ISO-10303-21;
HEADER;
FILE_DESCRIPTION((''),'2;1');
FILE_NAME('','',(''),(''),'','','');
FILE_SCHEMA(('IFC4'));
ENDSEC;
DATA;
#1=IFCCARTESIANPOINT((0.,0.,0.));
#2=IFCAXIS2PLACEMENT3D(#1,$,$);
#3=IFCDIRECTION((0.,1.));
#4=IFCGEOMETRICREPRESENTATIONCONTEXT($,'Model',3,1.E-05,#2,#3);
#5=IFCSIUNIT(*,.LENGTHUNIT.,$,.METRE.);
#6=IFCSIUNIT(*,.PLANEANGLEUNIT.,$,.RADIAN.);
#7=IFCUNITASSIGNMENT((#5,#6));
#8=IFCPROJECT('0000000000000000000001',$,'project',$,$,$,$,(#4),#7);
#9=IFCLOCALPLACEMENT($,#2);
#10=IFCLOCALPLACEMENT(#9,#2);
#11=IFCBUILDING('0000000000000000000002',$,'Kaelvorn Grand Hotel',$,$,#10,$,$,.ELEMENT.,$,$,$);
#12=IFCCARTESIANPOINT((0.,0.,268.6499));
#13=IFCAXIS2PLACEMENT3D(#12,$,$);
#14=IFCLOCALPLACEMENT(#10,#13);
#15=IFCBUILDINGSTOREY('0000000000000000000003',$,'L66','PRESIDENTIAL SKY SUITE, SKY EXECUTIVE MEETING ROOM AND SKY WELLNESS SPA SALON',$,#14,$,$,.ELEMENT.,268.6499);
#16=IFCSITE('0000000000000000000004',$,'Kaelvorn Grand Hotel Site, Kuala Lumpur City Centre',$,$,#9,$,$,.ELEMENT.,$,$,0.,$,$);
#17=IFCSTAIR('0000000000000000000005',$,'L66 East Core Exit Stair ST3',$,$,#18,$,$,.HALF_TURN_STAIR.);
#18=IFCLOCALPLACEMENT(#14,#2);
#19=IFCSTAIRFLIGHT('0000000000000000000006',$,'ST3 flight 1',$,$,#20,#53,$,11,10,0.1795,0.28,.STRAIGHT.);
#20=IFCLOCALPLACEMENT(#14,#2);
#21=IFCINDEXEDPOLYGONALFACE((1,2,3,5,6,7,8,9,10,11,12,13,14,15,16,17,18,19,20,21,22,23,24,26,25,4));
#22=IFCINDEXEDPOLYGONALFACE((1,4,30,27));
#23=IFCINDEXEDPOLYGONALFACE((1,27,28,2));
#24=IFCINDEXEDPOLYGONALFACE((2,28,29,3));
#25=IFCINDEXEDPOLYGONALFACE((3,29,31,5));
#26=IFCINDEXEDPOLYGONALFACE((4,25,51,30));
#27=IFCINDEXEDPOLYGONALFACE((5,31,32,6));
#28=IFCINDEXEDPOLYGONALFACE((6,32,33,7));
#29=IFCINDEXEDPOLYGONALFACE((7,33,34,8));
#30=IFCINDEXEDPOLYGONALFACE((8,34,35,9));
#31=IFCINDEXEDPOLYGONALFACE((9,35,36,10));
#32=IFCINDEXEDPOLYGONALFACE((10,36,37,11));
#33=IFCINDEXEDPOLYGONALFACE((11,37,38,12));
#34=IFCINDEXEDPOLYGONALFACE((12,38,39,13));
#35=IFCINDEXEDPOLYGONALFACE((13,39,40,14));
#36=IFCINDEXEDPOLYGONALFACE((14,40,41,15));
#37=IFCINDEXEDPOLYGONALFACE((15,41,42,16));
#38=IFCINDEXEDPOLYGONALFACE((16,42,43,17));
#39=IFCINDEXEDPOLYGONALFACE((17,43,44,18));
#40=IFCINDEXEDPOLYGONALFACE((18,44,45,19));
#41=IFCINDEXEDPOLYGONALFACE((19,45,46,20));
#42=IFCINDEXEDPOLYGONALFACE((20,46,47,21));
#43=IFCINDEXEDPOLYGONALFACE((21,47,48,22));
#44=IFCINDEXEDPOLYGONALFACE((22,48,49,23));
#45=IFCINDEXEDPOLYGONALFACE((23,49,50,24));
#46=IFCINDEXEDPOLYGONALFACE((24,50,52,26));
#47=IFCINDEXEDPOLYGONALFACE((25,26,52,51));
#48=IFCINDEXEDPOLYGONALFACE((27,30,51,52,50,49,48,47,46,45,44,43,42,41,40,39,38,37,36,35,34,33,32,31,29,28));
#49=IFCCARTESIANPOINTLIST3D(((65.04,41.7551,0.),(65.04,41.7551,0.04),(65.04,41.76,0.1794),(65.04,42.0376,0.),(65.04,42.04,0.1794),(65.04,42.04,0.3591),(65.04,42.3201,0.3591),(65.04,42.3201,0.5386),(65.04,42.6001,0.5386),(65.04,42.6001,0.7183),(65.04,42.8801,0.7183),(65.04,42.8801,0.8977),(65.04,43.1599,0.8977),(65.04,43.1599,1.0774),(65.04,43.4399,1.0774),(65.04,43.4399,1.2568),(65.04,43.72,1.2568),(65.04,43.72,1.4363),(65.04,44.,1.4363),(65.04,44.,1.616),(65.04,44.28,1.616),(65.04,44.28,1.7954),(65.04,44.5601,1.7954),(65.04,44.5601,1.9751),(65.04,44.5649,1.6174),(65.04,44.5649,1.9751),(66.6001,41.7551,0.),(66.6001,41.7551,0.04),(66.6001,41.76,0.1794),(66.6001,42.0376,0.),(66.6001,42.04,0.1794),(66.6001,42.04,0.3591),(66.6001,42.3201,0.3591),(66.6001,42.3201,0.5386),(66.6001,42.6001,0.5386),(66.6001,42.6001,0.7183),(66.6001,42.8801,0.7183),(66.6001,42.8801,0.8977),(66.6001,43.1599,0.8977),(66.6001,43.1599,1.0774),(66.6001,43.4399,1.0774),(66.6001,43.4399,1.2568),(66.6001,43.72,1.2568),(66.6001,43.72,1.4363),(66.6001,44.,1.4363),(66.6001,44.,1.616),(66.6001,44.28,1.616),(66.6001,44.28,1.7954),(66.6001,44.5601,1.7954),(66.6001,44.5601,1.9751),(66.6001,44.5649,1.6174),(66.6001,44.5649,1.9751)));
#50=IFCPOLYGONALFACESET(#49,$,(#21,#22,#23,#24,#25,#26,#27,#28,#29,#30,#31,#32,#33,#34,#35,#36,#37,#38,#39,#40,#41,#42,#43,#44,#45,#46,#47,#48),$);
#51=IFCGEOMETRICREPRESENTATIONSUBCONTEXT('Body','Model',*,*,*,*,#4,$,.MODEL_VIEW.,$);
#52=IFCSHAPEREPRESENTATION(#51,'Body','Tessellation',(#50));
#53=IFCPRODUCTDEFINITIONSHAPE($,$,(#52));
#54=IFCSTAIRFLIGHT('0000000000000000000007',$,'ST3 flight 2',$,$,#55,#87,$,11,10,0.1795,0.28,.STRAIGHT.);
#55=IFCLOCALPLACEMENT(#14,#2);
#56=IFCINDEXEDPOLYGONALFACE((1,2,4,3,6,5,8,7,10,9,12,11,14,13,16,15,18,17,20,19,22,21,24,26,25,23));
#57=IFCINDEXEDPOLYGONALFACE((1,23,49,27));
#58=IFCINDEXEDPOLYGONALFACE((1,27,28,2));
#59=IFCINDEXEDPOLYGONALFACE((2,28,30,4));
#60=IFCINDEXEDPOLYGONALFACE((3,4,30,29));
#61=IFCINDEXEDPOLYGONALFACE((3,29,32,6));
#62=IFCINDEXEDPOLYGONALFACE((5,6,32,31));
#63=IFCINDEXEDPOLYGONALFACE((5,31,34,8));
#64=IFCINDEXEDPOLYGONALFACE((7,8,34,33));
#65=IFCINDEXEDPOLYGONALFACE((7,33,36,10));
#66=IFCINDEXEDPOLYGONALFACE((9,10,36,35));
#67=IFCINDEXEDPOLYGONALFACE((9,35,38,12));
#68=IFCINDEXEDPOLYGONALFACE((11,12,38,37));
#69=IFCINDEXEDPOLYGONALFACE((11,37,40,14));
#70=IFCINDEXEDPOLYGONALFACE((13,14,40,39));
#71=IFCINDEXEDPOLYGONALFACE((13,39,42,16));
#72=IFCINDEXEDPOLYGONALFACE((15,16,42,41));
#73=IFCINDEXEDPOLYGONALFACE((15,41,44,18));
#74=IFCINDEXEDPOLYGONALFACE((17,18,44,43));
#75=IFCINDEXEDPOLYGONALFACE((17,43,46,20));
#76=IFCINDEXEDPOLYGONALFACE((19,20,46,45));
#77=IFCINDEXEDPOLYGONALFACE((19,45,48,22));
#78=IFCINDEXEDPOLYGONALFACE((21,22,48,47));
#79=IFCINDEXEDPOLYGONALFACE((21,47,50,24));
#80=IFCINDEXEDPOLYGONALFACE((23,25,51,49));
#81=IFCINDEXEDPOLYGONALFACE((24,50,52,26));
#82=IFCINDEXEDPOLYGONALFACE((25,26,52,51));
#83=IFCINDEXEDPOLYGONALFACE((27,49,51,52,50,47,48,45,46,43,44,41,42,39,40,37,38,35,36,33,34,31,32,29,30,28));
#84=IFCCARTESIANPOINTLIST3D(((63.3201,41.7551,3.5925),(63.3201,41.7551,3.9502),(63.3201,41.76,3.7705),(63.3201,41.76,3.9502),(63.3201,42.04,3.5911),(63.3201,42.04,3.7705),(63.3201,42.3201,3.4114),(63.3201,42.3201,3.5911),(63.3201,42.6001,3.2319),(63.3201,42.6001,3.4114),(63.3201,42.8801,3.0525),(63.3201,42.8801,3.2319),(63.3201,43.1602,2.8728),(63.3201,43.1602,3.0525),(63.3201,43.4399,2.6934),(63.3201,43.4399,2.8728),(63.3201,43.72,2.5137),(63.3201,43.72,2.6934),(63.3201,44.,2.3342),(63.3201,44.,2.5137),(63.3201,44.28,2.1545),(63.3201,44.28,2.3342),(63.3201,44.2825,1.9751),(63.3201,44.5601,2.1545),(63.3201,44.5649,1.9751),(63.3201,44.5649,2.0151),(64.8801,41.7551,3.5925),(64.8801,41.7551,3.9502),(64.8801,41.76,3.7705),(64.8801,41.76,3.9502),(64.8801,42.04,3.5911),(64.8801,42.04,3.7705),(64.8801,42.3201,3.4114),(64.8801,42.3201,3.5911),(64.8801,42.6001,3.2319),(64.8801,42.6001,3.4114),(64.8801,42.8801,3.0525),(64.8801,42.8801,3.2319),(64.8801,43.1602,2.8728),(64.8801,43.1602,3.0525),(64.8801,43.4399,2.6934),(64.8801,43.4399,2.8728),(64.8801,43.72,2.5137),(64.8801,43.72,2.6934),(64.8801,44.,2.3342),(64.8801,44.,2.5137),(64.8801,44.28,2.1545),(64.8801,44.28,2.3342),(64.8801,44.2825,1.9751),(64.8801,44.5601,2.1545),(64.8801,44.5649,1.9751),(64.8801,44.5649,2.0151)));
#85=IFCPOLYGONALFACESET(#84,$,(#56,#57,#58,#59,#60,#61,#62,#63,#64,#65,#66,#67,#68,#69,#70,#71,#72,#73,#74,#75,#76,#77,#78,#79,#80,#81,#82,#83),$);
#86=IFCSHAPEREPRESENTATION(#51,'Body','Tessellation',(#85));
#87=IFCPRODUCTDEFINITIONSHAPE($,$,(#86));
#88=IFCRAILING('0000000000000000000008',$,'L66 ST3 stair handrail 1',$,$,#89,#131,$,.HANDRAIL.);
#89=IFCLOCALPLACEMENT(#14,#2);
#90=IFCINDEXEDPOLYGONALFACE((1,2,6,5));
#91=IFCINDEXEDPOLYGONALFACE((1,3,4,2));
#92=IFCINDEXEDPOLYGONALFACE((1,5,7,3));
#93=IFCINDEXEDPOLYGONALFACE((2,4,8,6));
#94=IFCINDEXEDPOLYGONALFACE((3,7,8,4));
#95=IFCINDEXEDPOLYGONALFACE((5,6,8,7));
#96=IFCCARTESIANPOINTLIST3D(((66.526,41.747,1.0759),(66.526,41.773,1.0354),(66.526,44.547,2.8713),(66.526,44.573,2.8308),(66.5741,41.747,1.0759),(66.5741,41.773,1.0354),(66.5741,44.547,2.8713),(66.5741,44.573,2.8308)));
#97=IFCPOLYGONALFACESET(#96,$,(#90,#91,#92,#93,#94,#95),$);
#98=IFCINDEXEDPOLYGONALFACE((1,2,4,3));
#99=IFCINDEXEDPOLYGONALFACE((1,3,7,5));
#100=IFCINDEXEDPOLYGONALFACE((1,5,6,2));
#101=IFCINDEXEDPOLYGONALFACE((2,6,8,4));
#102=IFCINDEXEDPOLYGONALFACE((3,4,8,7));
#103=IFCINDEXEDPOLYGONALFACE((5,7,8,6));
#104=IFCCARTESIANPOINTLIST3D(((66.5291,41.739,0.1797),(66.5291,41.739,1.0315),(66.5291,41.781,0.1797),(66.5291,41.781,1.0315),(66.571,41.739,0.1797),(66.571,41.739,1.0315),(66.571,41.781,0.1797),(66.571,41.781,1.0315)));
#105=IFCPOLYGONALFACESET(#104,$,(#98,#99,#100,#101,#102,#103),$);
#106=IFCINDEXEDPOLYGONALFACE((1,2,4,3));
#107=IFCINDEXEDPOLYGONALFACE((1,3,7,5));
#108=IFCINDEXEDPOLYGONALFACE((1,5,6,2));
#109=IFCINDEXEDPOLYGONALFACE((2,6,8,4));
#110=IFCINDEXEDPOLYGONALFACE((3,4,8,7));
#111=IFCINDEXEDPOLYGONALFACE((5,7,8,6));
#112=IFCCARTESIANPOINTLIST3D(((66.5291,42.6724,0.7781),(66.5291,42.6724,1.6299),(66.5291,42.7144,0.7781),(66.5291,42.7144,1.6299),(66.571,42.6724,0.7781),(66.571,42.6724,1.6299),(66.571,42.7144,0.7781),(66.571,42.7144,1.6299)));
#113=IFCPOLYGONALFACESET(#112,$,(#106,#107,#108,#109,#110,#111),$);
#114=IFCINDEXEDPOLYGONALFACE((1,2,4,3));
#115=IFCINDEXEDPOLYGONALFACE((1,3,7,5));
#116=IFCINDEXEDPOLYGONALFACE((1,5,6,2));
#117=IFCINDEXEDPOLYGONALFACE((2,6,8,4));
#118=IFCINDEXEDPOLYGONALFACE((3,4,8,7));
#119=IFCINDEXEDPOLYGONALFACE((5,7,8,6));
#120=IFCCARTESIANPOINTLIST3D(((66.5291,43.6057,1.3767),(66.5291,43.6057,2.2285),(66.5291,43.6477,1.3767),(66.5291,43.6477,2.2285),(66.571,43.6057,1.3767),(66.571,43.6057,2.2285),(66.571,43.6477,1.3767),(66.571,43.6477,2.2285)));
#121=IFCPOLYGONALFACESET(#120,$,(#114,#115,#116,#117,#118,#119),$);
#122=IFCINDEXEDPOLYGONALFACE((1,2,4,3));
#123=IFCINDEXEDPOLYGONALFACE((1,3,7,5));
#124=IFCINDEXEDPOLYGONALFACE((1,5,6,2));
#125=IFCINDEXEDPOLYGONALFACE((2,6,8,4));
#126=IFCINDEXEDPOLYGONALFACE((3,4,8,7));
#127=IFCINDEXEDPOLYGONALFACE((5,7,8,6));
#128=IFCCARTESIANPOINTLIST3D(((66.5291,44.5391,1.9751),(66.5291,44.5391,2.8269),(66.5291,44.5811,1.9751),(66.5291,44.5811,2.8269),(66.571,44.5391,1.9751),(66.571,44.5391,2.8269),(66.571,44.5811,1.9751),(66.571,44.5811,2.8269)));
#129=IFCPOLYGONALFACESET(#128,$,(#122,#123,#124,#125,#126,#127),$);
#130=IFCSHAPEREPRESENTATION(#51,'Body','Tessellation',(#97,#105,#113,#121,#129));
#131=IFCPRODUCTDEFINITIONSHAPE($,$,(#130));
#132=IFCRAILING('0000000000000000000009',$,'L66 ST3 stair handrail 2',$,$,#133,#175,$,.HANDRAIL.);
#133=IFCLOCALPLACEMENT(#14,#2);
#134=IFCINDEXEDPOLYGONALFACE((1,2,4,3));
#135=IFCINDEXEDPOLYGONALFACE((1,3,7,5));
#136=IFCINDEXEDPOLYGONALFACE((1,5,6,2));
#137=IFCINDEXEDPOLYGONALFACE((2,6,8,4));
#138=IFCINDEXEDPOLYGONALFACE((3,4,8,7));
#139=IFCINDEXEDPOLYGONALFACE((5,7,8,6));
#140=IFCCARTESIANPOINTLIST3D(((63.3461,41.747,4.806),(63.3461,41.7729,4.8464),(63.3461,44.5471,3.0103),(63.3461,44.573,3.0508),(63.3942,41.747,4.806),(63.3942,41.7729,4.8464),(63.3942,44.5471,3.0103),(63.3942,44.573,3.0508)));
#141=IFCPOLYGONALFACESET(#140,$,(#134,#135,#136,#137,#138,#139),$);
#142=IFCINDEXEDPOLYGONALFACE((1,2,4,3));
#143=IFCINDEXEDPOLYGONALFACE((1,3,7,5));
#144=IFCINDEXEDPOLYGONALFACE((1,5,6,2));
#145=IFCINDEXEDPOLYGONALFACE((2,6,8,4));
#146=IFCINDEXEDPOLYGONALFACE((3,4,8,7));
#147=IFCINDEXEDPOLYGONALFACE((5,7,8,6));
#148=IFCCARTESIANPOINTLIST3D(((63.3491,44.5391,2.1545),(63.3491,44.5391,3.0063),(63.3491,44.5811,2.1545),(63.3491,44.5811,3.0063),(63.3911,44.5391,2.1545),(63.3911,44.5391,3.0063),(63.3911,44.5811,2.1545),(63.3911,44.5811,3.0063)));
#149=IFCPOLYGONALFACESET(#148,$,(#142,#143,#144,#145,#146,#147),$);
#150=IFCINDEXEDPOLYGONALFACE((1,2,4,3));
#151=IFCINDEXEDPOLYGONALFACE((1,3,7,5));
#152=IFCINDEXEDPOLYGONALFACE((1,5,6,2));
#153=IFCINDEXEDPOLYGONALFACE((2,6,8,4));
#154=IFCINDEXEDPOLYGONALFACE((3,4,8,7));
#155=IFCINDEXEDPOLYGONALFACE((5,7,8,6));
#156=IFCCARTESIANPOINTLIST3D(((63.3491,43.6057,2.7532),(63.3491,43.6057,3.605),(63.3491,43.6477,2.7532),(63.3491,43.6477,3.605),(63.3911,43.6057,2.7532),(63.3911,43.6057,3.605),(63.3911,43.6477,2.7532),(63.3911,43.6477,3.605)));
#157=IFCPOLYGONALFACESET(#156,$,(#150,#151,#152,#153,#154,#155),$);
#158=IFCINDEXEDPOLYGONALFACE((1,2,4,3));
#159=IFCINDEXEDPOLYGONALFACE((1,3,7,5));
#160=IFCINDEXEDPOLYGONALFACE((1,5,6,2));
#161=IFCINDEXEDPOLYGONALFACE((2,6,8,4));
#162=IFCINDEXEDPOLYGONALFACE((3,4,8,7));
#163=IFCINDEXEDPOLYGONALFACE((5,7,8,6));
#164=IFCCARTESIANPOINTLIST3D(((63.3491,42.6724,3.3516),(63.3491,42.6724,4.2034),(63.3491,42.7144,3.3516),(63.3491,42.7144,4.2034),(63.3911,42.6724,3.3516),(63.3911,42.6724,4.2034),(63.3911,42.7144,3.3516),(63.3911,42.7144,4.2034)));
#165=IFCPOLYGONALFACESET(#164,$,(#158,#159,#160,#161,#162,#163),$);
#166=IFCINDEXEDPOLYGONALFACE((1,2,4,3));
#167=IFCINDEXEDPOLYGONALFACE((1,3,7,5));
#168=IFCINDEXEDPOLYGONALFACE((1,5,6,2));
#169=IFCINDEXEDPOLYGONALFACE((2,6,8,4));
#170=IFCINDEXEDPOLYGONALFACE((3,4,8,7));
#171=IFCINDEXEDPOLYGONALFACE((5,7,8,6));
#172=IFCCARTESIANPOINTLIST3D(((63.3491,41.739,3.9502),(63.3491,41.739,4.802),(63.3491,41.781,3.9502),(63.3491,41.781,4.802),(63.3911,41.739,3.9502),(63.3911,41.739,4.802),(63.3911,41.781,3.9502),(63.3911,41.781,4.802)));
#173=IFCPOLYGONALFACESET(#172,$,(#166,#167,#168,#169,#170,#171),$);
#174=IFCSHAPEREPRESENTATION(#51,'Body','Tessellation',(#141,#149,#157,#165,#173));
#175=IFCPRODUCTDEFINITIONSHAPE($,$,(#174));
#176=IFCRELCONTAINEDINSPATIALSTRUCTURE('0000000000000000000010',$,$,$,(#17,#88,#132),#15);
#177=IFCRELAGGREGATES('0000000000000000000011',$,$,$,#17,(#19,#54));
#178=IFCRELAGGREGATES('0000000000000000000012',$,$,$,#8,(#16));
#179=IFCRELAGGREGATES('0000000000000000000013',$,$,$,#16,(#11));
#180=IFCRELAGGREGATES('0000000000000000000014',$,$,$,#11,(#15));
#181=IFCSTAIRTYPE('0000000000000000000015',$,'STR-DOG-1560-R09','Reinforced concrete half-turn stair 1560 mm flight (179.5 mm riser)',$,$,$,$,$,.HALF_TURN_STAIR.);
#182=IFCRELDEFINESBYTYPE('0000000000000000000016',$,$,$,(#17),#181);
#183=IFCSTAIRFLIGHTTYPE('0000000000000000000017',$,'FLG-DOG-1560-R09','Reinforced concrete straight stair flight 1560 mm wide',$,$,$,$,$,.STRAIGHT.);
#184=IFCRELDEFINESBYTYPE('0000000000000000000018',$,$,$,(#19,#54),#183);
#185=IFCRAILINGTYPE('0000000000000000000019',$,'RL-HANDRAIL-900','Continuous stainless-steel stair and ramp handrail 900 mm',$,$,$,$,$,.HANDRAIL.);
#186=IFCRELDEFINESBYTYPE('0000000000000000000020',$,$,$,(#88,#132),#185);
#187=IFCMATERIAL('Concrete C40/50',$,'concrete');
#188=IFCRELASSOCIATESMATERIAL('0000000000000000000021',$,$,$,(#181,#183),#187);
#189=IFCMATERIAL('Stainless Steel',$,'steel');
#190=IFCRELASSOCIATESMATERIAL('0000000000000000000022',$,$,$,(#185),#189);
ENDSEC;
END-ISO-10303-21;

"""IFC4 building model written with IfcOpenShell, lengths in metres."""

from ifc_helpers import new_model, si_unit, direction, frame, origin, origin_2d, place, context, subcontext, project, spatial, polyline, rectangle, outline, extrude, material, type_object, element, aggregate, save


model = new_model("IFC4")

# Units and contexts
model_context = context("Model", 3, precision=1e-05, world=origin(), true_north=direction((0.0, 1.0)))
body_context = subcontext(model_context, "Body", "Model", "MODEL_VIEW")
ifc_project = project(units=[si_unit("LENGTHUNIT", "METRE"), si_unit("PLANEANGLEUNIT", "RADIAN")], contexts=[model_context])

# Site, building, storey
site_placement = place(None, origin())
site = spatial("IfcSite", under=ifc_project, at=site_placement, Name="Kaelvorn Grand Hotel Site, Kuala Lumpur City Centre", CompositionType="ELEMENT", RefElevation=0.0)
building_placement = place(site_placement, origin())
building = spatial("IfcBuilding", under=site, at=building_placement, Name="Kaelvorn Grand Hotel", CompositionType="ELEMENT")
storey_placement = place(building_placement, frame((0.0, 0.0, 268.6499)))
storey = spatial("IfcBuildingStorey", under=building, at=storey_placement, Name="L66", Description="PRESIDENTIAL SKY SUITE, SKY EXECUTIVE MEETING ROOM AND SKY WELLNESS SPA SALON", CompositionType="ELEMENT", Elevation=268.6499)

# Shared definitions
ifc_material_1 = material(Name="Concrete C40/50", Category="concrete")

# Shared definitions
ifc_material_2 = material(Name="Stainless Steel", Category="steel")

# Stair, stair flights
stair_type = type_object("IfcStairType", Name="STR-DOG-1560-R09", Description="Reinforced concrete half-turn stair 1560 mm flight (179.5 mm riser)", PredefinedType="HALF_TURN_STAIR", material=ifc_material_1)
stair_placement = place(storey_placement, origin())
stair = element("IfcStair", 1, at=stair_placement, inside=storey, type_object=stair_type, Name="L66 East Core Exit Stair ST3", PredefinedType="HALF_TURN_STAIR")
stair_flight_type = type_object("IfcStairFlightType", Name="FLG-DOG-1560-R09", Description="Reinforced concrete straight stair flight 1560 mm wide", PredefinedType="STRAIGHT", material=ifc_material_1)
stair_flight_1_placement = place(storey_placement, frame((65.8201, 41.76, 0.0), z_axis=(0.0, 0.0, 1.0), x_axis=(0.0, 1.0, 0.0)))
stair_flight_1 = element("IfcStairFlight", 2, at=stair_flight_1_placement, type_object=stair_flight_type, Name="ST3 flight 1", NumberOfRisers=11, NumberOfTreads=10, PredefinedType="STRAIGHT", RiserHeight=0.1795, TreadLength=0.28, context=body_context, shape_type="SweptSolid", body=[
    extrude(outline(polyline([(-0.0049, 0.0), (-0.0049, 0.04), (0.0, 0.1794), (0.28, 0.1794), (0.28, 0.3591), (0.5601, 0.3591), (0.5601, 0.5386), (0.8401, 0.5386), (0.8401, 0.7183), (1.1201, 0.7183), (1.1201, 0.8977), (1.3999, 0.8977), (1.3999, 1.0774), (1.6799, 1.0774), (1.6799, 1.2568), (1.96, 1.2568), (1.96, 1.4363), (2.24, 1.4363), (2.24, 1.616), (2.52, 1.616), (2.52, 1.7954), (2.8, 1.7954), (2.8, 1.9751), (2.8049, 1.9751), (2.8049, 1.6174), (0.2776, 0.0), (-0.0049, 0.0)])), frame((0.0, 0.78, 0.0), z_axis=(0.0, -1.0, 0.0), x_axis=(1.0, 0.0, 0.0)), (0.0, 0.0, 1.0), 1.5601),
])
stair_flight_2_placement = place(storey_placement, frame((64.1001, 44.5601, 1.9751), z_axis=(0.0, 0.0, 1.0), x_axis=(0.0, -1.0, 0.0)))
stair_flight_2 = element("IfcStairFlight", 3, at=stair_flight_2_placement, type_object=stair_flight_type, Name="ST3 flight 2", NumberOfRisers=11, NumberOfTreads=10, PredefinedType="STRAIGHT", RiserHeight=0.1795, TreadLength=0.28, context=body_context, shape_type="SweptSolid", body=[
    extrude(outline(polyline([(-0.0049, 0.0), (-0.0049, 0.04), (0.0, 0.1794), (0.28, 0.1794), (0.28, 0.3591), (0.5601, 0.3591), (0.5601, 0.5386), (0.8401, 0.5386), (0.8401, 0.7183), (1.1201, 0.7183), (1.1201, 0.8977), (1.3999, 0.8977), (1.3999, 1.0774), (1.6799, 1.0774), (1.6799, 1.2568), (1.96, 1.2568), (1.96, 1.4363), (2.24, 1.4363), (2.24, 1.616), (2.52, 1.616), (2.52, 1.7954), (2.8, 1.7954), (2.8, 1.9751), (2.8049, 1.9751), (2.8049, 1.6174), (0.2776, 0.0), (-0.0049, 0.0)])), frame((0.0, 0.78, 0.0), z_axis=(0.0, -1.0, 0.0), x_axis=(1.0, 0.0, 0.0)), (0.0, 0.0, 1.0), 1.5601),
])
aggregate(stair, [stair_flight_1, stair_flight_2])

# Railings
railing_type_1 = type_object("IfcRailingType", Name="RL-HANDRAIL-900", Description="Continuous stainless-steel stair and ramp handrail 900 mm", PredefinedType="HANDRAIL", material=ifc_material_2)
railing_1_placement = place(storey_placement, frame((66.55, 41.76, 0.1797)))
element("IfcRailing", 4, at=railing_1_placement, inside=storey, type_object=railing_type_1, Name="L66 ST3 stair handrail 1", PredefinedType="HANDRAIL", context=body_context, shape_type="SweptSolid", body=[
    extrude(rectangle(XDim=0.0481, YDim=0.0481, at=origin_2d()), frame((0.0, 0.0, 0.876), z_axis=(0.0, 0.84181, 0.539774), x_axis=(-1.0, 0.0, 0.0)), (0.0, 0.0, 1.0), 3.3262),
    extrude(rectangle(XDim=0.042, YDim=0.042, at=origin_2d()), origin(), (0.0, 0.0, 1.0), 0.8518),
    extrude(rectangle(XDim=0.042, YDim=0.042, at=origin_2d()), frame((0.0, 0.9333, 0.5984)), (0.0, 0.0, 1.0), 0.8518),
    extrude(rectangle(XDim=0.042, YDim=0.042, at=origin_2d()), frame((0.0, 1.8667, 1.197)), (0.0, 0.0, 1.0), 0.8518),
    extrude(rectangle(XDim=0.042, YDim=0.042, at=origin_2d()), frame((0.0, 2.8, 1.7954)), (0.0, 0.0, 1.0), 0.8518),
])
railing_2_placement = place(storey_placement, frame((63.3701, 44.5601, 2.1545)))
element("IfcRailing", 5, at=railing_2_placement, inside=storey, type_object=railing_type_1, Name="L66 ST3 stair handrail 2", PredefinedType="HANDRAIL", context=body_context, shape_type="SweptSolid", body=[
    extrude(rectangle(XDim=0.0481, YDim=0.0481, at=origin_2d()), frame((0.0, 0.0, 0.876), z_axis=(0.0, -0.841777, 0.539826), x_axis=(1.0, 0.0, 0.0)), (0.0, 0.0, 1.0), 3.3264),
    extrude(rectangle(XDim=0.042, YDim=0.042, at=origin_2d()), origin(), (0.0, 0.0, 1.0), 0.8518),
    extrude(rectangle(XDim=0.042, YDim=0.042, at=origin_2d()), frame((0.0, -0.9333, 0.5986)), (0.0, 0.0, 1.0), 0.8518),
    extrude(rectangle(XDim=0.042, YDim=0.042, at=origin_2d()), frame((0.0, -1.8667, 1.197)), (0.0, 0.0, 1.0), 0.8518),
    extrude(rectangle(XDim=0.042, YDim=0.042, at=origin_2d()), frame((0.0, -2.8, 1.7957)), (0.0, 0.0, 1.0), 0.8518),
])

save(model, "model.ifc")
